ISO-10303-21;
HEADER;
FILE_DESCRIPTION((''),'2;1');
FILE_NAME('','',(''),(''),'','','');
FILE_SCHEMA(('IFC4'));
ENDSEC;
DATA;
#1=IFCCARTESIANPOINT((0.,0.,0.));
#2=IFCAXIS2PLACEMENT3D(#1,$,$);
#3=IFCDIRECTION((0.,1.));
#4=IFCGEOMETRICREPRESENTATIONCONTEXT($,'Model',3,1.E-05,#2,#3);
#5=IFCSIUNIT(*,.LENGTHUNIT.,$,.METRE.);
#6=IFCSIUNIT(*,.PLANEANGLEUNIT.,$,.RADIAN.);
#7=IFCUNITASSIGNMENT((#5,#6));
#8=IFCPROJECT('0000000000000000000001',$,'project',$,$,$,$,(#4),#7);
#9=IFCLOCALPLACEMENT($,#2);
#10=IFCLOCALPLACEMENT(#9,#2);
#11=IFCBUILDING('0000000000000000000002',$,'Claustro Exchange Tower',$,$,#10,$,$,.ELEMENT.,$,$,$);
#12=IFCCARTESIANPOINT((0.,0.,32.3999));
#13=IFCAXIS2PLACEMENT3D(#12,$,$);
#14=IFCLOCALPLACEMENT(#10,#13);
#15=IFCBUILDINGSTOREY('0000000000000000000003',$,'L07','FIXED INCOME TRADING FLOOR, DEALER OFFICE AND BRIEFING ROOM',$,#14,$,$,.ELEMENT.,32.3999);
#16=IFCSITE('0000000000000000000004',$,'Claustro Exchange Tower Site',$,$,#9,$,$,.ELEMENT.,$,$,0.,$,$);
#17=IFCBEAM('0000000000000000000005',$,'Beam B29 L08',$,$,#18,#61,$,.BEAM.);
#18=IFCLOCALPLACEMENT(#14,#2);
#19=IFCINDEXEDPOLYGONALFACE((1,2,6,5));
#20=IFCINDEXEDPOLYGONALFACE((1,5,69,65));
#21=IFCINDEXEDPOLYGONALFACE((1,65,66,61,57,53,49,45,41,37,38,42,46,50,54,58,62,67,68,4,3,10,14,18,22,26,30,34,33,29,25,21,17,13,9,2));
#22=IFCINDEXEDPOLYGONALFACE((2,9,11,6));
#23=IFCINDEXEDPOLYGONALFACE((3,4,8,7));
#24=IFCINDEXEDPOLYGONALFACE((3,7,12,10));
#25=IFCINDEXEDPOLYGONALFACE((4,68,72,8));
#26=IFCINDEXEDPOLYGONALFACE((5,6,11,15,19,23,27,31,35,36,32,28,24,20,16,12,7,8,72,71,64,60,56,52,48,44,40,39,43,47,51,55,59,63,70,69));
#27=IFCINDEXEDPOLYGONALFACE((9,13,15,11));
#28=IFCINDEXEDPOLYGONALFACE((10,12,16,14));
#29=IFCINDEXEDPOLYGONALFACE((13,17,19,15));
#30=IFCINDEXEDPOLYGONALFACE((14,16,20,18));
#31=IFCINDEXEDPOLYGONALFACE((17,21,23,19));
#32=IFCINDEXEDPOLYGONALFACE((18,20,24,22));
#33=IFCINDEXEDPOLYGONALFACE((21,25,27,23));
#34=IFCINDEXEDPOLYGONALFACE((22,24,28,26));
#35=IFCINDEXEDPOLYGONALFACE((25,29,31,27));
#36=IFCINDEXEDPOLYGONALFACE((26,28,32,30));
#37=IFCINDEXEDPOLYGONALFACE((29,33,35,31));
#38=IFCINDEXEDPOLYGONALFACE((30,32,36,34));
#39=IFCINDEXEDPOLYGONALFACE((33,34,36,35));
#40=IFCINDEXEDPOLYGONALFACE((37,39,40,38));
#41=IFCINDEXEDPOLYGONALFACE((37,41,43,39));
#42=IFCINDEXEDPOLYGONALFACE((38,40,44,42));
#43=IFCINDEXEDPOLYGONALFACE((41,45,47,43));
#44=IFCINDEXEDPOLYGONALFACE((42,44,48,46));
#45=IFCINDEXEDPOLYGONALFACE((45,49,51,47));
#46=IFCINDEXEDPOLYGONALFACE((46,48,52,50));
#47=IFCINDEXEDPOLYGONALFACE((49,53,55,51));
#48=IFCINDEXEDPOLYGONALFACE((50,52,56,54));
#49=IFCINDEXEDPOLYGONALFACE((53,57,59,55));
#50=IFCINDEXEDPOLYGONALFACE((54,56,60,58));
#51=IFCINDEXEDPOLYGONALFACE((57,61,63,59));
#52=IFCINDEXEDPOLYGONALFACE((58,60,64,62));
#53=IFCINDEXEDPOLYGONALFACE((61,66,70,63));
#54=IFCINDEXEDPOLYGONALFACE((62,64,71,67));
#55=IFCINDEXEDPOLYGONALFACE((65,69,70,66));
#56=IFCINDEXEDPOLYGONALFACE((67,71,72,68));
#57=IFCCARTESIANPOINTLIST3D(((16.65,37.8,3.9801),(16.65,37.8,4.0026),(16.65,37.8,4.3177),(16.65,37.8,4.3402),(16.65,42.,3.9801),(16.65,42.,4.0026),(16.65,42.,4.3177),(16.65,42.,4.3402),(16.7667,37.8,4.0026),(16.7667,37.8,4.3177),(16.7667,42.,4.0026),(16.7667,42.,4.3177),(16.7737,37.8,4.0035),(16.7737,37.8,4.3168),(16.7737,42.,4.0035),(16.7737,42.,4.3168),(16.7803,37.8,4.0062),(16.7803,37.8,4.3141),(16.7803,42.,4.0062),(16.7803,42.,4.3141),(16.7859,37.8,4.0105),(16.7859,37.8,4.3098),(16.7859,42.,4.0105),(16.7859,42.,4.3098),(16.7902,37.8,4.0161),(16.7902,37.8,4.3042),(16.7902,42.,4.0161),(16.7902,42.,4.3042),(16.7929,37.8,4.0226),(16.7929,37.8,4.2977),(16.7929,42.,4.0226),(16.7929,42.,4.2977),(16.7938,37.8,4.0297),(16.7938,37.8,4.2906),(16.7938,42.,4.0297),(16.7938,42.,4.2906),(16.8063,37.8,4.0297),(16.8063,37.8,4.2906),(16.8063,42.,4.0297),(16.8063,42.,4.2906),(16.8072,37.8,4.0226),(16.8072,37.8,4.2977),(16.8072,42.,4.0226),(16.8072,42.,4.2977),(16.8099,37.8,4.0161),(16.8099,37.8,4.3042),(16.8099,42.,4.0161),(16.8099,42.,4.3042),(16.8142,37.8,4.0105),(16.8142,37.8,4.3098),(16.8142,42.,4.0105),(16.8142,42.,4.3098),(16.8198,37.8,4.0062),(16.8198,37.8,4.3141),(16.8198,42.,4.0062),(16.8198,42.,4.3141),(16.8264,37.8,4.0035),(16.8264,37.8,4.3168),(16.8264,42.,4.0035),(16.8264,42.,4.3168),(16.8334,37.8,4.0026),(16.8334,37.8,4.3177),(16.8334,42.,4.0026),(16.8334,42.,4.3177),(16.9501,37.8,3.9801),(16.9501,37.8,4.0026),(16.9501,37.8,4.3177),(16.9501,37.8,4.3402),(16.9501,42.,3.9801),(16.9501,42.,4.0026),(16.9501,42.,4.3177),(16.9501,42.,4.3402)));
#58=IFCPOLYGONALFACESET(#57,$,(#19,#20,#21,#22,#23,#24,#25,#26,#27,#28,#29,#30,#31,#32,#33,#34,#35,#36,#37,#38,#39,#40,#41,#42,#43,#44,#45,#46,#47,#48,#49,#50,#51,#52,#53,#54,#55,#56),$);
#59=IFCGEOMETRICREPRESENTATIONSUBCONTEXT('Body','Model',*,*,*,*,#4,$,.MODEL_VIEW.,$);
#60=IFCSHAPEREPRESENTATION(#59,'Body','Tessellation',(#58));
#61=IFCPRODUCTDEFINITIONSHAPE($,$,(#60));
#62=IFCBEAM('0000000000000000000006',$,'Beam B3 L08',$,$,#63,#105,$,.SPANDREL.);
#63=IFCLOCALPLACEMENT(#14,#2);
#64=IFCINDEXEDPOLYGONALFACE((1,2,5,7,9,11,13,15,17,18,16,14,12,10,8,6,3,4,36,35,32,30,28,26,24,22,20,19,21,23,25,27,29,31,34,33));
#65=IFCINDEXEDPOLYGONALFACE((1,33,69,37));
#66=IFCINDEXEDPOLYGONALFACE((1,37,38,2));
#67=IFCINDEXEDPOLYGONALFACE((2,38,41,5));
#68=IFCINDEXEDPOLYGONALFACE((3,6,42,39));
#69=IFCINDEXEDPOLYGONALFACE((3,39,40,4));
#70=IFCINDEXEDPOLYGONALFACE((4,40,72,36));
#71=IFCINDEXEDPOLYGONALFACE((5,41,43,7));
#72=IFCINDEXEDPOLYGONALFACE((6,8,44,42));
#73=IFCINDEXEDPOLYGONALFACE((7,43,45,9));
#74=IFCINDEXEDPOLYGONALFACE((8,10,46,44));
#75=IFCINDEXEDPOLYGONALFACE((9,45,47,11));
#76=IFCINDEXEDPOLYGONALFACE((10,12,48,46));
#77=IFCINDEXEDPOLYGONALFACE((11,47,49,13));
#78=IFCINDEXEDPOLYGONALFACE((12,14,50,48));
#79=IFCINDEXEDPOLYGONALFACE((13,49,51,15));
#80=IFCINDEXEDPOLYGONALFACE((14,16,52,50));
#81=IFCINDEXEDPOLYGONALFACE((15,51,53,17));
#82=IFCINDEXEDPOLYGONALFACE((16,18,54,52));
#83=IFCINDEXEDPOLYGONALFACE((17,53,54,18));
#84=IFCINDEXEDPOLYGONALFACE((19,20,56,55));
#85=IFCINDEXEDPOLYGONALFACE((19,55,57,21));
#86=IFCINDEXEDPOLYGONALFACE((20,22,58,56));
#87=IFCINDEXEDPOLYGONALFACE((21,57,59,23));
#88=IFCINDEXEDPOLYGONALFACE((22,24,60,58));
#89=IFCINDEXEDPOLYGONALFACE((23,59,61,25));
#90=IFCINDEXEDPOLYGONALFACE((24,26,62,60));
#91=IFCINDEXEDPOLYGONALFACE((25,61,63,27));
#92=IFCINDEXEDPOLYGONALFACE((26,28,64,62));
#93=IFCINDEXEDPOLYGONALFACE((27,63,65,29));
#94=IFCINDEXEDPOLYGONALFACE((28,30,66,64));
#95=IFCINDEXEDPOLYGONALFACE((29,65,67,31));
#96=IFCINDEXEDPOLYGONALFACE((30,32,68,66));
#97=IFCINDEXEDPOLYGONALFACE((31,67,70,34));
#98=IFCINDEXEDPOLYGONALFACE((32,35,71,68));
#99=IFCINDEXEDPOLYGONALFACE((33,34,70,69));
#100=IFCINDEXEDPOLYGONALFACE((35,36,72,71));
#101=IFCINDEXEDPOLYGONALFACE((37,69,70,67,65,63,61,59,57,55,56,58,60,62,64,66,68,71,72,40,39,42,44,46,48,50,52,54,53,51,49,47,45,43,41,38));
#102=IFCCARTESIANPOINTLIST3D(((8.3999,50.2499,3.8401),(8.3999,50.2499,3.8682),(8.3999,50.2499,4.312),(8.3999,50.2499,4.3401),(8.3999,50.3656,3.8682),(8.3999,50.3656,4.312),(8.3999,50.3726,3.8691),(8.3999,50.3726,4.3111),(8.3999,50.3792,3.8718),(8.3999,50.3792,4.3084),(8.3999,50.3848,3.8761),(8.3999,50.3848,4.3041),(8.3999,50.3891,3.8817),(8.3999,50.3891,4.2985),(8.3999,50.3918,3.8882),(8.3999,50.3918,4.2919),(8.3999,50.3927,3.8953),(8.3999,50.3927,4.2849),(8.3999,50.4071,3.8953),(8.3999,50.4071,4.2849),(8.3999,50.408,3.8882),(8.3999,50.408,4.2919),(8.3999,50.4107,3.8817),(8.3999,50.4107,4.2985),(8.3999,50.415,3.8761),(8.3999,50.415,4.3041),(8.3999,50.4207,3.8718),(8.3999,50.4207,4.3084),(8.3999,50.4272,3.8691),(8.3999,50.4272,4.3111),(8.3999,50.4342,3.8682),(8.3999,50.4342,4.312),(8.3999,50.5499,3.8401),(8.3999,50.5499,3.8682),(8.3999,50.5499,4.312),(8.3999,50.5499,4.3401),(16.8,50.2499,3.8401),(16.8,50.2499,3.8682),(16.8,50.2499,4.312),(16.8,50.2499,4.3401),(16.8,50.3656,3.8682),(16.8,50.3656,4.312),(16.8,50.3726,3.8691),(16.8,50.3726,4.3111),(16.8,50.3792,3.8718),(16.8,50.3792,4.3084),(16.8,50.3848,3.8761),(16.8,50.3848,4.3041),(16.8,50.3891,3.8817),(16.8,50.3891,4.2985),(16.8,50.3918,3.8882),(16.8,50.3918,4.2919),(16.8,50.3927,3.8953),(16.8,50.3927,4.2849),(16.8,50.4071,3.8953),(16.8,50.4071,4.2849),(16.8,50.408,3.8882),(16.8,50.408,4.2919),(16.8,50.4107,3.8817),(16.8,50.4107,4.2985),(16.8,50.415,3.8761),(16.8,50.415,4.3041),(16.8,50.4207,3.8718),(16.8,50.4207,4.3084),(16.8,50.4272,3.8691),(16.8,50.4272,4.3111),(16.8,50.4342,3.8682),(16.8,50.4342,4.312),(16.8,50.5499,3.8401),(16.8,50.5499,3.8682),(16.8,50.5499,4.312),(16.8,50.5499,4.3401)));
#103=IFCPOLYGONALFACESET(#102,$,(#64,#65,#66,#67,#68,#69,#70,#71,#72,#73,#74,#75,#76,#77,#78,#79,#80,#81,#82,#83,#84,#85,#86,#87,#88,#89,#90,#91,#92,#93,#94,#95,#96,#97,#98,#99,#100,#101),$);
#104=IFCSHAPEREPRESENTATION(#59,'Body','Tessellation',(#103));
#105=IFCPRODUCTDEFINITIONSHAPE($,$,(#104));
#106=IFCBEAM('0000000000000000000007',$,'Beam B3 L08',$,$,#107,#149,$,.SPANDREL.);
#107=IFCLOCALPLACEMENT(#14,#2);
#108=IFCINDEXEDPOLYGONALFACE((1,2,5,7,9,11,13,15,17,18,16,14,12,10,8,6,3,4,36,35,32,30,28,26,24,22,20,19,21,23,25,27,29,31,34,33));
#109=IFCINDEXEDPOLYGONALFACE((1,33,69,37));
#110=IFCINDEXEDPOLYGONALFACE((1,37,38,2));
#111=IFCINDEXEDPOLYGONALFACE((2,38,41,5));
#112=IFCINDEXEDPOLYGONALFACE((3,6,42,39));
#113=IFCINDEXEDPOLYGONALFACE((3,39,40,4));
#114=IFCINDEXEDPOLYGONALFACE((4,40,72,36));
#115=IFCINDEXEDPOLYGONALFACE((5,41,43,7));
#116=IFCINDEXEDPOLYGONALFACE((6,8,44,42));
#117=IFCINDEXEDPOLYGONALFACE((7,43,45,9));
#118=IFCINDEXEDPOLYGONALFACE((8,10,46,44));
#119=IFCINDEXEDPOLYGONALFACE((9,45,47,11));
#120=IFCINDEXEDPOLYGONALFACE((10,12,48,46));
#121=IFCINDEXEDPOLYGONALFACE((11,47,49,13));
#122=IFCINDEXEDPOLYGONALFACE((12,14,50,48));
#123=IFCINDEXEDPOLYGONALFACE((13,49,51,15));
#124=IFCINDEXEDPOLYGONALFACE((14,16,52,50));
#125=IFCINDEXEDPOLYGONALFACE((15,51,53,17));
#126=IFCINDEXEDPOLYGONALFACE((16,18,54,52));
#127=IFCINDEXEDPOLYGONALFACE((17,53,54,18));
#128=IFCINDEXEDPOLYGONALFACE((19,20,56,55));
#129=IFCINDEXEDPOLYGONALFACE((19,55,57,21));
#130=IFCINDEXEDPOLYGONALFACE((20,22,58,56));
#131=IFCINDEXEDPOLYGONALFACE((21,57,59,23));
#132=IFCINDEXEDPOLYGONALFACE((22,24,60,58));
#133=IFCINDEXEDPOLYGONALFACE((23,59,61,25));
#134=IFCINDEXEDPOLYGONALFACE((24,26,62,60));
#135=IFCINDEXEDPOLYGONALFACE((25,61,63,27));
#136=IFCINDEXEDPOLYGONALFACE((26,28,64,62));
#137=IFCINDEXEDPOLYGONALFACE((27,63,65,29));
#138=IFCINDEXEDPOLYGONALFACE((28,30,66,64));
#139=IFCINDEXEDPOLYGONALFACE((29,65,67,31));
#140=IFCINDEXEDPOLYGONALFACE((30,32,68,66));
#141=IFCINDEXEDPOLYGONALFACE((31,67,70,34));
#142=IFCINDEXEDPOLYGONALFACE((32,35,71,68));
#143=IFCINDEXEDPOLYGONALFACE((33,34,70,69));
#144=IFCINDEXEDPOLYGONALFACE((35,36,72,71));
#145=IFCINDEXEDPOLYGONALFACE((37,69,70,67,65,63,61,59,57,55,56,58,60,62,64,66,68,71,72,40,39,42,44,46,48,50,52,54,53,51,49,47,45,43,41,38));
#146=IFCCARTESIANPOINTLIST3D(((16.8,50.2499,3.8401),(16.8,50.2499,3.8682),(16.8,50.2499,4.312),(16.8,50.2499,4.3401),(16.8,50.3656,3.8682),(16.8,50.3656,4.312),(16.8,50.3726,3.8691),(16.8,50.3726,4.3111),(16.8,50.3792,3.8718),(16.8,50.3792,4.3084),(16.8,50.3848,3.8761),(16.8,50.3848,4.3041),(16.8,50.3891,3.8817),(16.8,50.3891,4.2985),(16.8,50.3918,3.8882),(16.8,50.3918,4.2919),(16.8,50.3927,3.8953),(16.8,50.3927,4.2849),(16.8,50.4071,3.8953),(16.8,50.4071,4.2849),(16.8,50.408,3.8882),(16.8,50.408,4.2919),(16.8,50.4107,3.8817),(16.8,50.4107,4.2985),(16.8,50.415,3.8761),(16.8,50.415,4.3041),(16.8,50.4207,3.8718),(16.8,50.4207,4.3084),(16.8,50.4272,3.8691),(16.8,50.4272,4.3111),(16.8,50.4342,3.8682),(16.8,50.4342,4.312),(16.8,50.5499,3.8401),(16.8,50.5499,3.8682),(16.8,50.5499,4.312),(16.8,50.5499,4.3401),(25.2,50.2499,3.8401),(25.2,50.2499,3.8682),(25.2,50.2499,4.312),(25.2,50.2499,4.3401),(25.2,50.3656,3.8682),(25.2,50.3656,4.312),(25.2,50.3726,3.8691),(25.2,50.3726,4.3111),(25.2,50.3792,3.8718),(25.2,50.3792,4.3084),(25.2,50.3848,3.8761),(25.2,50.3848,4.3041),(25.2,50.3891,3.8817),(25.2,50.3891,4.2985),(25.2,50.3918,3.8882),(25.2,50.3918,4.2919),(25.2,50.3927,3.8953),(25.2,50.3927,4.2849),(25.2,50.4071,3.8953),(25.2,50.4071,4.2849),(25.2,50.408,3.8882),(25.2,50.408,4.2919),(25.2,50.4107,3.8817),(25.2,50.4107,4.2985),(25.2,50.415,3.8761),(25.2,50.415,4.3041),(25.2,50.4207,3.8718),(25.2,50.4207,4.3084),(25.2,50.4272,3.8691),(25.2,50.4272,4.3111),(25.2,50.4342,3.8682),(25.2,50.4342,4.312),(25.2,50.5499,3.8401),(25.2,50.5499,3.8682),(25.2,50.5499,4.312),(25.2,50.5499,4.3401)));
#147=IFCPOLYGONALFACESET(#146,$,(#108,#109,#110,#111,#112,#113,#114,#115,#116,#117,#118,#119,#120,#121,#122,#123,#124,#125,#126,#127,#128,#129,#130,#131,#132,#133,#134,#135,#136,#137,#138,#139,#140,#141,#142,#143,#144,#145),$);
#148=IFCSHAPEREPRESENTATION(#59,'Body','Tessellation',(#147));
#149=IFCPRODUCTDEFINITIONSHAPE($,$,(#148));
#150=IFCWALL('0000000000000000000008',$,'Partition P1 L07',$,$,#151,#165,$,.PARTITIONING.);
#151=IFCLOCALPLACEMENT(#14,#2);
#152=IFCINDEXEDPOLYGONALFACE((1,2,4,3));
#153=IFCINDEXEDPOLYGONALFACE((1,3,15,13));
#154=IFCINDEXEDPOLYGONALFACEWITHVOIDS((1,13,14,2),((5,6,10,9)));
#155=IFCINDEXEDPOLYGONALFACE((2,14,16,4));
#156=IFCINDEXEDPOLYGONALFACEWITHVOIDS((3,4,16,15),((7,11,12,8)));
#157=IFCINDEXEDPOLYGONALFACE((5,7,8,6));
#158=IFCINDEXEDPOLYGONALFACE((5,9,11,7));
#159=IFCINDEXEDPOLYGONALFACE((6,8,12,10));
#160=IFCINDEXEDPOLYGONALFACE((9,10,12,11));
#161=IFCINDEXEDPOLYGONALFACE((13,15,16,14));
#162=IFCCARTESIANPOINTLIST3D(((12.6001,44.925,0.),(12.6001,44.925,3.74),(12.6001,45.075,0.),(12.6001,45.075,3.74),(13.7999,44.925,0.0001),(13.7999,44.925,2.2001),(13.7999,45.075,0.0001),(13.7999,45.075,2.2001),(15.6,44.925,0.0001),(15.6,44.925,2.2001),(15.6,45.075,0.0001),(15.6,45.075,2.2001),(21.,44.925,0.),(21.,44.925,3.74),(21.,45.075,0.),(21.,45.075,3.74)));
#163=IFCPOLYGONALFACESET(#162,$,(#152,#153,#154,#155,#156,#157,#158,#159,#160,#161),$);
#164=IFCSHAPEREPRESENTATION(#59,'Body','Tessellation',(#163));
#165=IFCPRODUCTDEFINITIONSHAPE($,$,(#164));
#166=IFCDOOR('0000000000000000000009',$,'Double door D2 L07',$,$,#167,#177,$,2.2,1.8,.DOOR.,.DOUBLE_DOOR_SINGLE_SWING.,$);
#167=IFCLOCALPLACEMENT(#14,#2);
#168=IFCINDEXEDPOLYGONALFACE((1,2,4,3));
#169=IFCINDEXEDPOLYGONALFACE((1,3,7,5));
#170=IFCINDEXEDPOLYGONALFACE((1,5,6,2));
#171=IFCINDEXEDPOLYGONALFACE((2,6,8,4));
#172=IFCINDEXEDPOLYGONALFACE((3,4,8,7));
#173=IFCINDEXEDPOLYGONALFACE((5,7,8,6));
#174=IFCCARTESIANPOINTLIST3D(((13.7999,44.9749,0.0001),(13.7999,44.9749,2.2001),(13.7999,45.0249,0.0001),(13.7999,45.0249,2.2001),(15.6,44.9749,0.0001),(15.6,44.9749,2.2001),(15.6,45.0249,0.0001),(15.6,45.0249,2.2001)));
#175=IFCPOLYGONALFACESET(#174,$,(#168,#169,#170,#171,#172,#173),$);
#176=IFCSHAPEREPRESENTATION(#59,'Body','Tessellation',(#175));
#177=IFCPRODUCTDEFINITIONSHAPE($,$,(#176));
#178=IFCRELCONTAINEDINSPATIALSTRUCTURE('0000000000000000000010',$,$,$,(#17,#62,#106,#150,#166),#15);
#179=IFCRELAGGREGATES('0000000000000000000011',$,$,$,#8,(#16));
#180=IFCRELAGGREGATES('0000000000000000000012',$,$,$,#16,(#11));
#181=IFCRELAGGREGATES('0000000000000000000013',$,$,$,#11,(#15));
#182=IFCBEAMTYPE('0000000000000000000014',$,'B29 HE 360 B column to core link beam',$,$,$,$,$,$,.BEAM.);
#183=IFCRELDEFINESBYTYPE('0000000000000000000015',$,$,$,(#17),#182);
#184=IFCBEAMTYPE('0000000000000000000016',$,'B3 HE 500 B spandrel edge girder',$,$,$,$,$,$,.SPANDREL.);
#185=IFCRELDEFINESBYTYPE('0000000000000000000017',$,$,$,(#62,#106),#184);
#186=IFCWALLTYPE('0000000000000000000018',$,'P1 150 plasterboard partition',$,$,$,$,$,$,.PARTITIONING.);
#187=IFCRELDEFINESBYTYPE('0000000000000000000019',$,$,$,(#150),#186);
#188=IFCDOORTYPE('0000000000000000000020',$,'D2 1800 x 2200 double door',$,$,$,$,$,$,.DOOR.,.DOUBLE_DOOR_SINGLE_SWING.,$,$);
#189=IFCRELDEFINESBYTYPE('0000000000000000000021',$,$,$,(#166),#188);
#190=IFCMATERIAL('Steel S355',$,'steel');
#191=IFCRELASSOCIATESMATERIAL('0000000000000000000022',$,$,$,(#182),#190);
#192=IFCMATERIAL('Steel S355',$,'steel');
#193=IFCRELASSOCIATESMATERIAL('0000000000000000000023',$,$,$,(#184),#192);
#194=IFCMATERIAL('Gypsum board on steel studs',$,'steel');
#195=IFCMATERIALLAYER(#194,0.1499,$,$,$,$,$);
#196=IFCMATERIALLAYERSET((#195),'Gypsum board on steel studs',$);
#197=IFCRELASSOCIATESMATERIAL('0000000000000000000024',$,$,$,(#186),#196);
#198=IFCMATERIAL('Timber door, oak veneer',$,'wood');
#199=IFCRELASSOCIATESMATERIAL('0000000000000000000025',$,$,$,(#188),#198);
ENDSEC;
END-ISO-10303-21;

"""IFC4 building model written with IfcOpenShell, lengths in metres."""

from ifc_helpers import new_model, si_unit, direction, frame, frame_2d, origin, origin_2d, place, context, subcontext, project, spatial, rectangle, i_section, extrude, material, layer, layer_set, material_profile, profile_set, type_object, element, fill, save


model = new_model("IFC4")

# Units and contexts
model_context = context("Model", 3, precision=1e-05, world=origin(), true_north=direction((0.0, 1.0)))
body_context = subcontext(model_context, "Body", "Model", "MODEL_VIEW")
ifc_project = project(units=[si_unit("LENGTHUNIT", "METRE"), si_unit("PLANEANGLEUNIT", "RADIAN")], contexts=[model_context])

# Site, building, storey
site_placement = place(None, origin())
site = spatial("IfcSite", under=ifc_project, at=site_placement, Name="Claustro Exchange Tower Site", CompositionType="ELEMENT", RefElevation=0.0)
building_placement = place(site_placement, origin())
building = spatial("IfcBuilding", under=site, at=building_placement, Name="Claustro Exchange Tower", CompositionType="ELEMENT")
storey_placement = place(building_placement, frame((0.0, 0.0, 32.3999)))
storey = spatial("IfcBuildingStorey", under=building, at=storey_placement, Name="L07", Description="FIXED INCOME TRADING FLOOR, DEALER OFFICE AND BRIEFING ROOM", CompositionType="ELEMENT", Elevation=32.3999)

# Beams
ifc_material_1 = material(Name="Steel S355", Category="steel")
ifc_material_profile_1 = material_profile(ifc_material_1, i_section(OverallWidth=0.3, OverallDepth=0.3601, WebThickness=0.0125, FlangeThickness=0.0225, FilletRadius=0.0271, at=origin_2d()), Name="HE 360 B")
ifc_profile_set_1 = profile_set([ifc_material_profile_1], Name="Steel S355")
beam_type_1 = type_object("IfcBeamType", Name="B29 HE 360 B column to core link beam", PredefinedType="BEAM", material=ifc_profile_set_1)
for number, where, z_axis, x_axis, name in (
    (1, (16.8, 37.8, 4.1602), (0.0, 1.0, 0.0), (-1.0, 0.0, 0.0), "Beam B29 L08"),
):
    element("IfcBeam", number, at=place(storey_placement, frame(where, z_axis=z_axis, x_axis=x_axis)), inside=storey, type_object=beam_type_1, Name=name, PredefinedType="BEAM", context=body_context, shape_type="SweptSolid", body=[
        extrude(i_section(OverallWidth=0.3, OverallDepth=0.3601, WebThickness=0.0125, FlangeThickness=0.0225, FilletRadius=0.0271, at=origin_2d()), origin(), (0.0, 0.0, 1.0), 4.2),
    ])
ifc_material_2 = material(Name="Steel S355", Category="steel")
ifc_material_profile_2 = material_profile(ifc_material_2, i_section(OverallWidth=0.3, OverallDepth=0.5, WebThickness=0.0144, FlangeThickness=0.0281, FilletRadius=0.0271, at=origin_2d()), Name="HE 500 B")
ifc_profile_set_2 = profile_set([ifc_material_profile_2], Name="Steel S355")
beam_type_2 = type_object("IfcBeamType", Name="B3 HE 500 B spandrel edge girder", PredefinedType="SPANDREL", material=ifc_profile_set_2)
beam_1_placement = place(storey_placement, frame((8.3999, 50.3999, 4.0901), z_axis=(1.0, 0.0, 0.0), x_axis=(0.0, 1.0, 0.0)))
element("IfcBeam", 2, at=beam_1_placement, inside=storey, type_object=beam_type_2, Name="Beam B3 L08", PredefinedType="SPANDREL", context=body_context, shape_type="SweptSolid", body=[
    extrude(i_section(OverallWidth=0.3, OverallDepth=0.5, WebThickness=0.0144, FlangeThickness=0.0281, FilletRadius=0.0271, at=origin_2d()), origin(), (0.0, 0.0, 1.0), 8.4001),
])
beam_2_placement = place(storey_placement, frame((16.8, 50.3999, 4.0901), z_axis=(1.0, 0.0, 0.0), x_axis=(0.0, 1.0, 0.0)))
element("IfcBeam", 3, at=beam_2_placement, inside=storey, type_object=beam_type_2, Name="Beam B3 L08", PredefinedType="SPANDREL", context=body_context, shape_type="SweptSolid", body=[
    extrude(i_section(OverallWidth=0.3, OverallDepth=0.5, WebThickness=0.0144, FlangeThickness=0.0281, FilletRadius=0.0271, at=origin_2d()), origin(), (0.0, 0.0, 1.0), 8.3999),
])

# Wall, opening, door
ifc_material_3 = material(Name="Gypsum board on steel studs", Category="steel")
ifc_layer_1 = layer(ifc_material_3, 0.1499)
ifc_layer_set_1 = layer_set([ifc_layer_1], Name="Gypsum board on steel studs")
wall_type_1 = type_object("IfcWallType", Name="P1 150 plasterboard partition", PredefinedType="PARTITIONING", material=ifc_layer_set_1)
wall_1_placement = place(storey_placement, frame((12.6001, 45.0, 0.0), z_axis=(0.0, 0.0, 1.0), x_axis=(1.0, 0.0, 0.0)))
wall_1 = element("IfcWall", 4, at=wall_1_placement, inside=storey, type_object=wall_type_1, Name="Partition P1 L07", PredefinedType="PARTITIONING", context=body_context, shape_type="SweptSolid", body=[
    extrude(rectangle(XDim=8.3999, YDim=0.1499, at=frame_2d((4.2, 0.0))), origin(), (0.0, 0.0, 1.0), 3.74),
])
opening_1_placement = place(wall_1_placement, frame((1.2, 0.0, 0.0)))
opening_1 = element("IfcOpeningElement", 5, at=opening_1_placement, cuts=wall_1, PredefinedType="OPENING", context=body_context, shape_type="SweptSolid", body=[
    extrude(rectangle(XDim=1.8, YDim=2.2, at=frame_2d((0.8999, 1.1001))), frame((0.0, 0.085, 0.0), z_axis=(0.0, -1.0, 0.0), x_axis=(1.0, 0.0, 0.0)), (0.0, 0.0, 1.0), 0.1699),
])
ifc_material_4 = material(Name="Timber door, oak veneer", Category="wood")
door_type_1 = type_object("IfcDoorType", Name="D2 1800 x 2200 double door", OperationType="DOUBLE_DOOR_SINGLE_SWING", PredefinedType="DOOR", material=ifc_material_4)
door_1_placement = place(opening_1_placement, origin())
door_1 = element("IfcDoor", 6, at=door_1_placement, inside=storey, type_object=door_type_1, Name="Double door D2 L07", OperationType="DOUBLE_DOOR_SINGLE_SWING", OverallHeight=2.2, OverallWidth=1.8, PredefinedType="DOOR", context=body_context, shape_type="SweptSolid", body=[
    extrude(rectangle(XDim=1.8, YDim=2.2, at=frame_2d((0.8999, 1.1001))), frame((0.0, 0.0249, 0.0), z_axis=(0.0, -1.0, 0.0), x_axis=(1.0, 0.0, 0.0)), (0.0, 0.0, 1.0), 0.05),
])
fill(opening_1, door_1)

save(model, "model.ifc")
